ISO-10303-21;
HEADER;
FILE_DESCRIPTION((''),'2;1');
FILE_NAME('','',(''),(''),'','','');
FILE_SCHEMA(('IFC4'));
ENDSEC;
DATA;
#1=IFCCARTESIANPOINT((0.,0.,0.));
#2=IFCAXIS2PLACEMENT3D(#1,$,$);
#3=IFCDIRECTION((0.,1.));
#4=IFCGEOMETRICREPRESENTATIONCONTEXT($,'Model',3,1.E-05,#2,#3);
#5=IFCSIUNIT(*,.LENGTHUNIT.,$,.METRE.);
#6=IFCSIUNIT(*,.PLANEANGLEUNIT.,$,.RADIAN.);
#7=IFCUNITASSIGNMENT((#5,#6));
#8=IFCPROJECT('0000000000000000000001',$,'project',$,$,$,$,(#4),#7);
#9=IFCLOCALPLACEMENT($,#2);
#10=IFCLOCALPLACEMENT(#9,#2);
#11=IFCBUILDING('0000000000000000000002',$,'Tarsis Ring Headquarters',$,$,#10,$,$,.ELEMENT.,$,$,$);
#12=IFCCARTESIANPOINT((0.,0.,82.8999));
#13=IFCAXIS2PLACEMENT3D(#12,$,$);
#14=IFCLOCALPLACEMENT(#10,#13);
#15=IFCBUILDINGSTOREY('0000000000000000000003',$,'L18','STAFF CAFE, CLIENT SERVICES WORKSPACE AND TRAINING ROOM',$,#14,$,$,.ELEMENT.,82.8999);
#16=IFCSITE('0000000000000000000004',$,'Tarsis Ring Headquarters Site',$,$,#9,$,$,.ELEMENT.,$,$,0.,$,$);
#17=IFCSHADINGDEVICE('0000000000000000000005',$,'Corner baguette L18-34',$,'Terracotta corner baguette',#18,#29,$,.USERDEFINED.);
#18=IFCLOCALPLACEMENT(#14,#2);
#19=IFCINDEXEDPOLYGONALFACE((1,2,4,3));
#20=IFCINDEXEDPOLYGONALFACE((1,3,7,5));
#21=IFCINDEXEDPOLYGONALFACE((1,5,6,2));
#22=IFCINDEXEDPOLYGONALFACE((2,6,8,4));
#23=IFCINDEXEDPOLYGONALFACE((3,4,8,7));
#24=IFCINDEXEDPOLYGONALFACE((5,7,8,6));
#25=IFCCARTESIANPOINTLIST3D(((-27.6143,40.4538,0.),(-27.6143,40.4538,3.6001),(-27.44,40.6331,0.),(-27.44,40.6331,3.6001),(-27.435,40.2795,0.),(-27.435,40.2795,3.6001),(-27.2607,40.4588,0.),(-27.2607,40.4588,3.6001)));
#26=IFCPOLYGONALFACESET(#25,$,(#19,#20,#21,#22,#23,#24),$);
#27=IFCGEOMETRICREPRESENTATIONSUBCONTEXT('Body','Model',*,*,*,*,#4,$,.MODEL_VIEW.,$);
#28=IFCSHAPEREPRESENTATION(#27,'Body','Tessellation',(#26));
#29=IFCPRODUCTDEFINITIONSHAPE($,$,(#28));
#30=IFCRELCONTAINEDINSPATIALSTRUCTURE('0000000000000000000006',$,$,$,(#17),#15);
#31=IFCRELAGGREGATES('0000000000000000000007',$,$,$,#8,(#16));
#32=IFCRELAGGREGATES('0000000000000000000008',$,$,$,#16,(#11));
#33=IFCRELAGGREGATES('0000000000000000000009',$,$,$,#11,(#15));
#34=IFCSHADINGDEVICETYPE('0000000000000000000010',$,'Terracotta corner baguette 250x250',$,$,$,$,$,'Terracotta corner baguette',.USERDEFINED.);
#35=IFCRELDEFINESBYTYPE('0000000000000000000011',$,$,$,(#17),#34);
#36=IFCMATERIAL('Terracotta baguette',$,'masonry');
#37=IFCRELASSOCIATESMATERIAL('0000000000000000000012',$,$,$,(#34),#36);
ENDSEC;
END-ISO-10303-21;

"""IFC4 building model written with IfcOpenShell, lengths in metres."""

from ifc_helpers import new_model, si_unit, direction, frame, origin, origin_2d, place, context, subcontext, project, spatial, rectangle, extrude, material, type_object, element, save


model = new_model("IFC4")

# Units and contexts
model_context = context("Model", 3, precision=1e-05, world=origin(), true_north=direction((0.0, 1.0)))
body_context = subcontext(model_context, "Body", "Model", "MODEL_VIEW")
ifc_project = project(units=[si_unit("LENGTHUNIT", "METRE"), si_unit("PLANEANGLEUNIT", "RADIAN")], contexts=[model_context])

# Site, building, storey
site_placement = place(None, origin())
site = spatial("IfcSite", under=ifc_project, at=site_placement, Name="Tarsis Ring Headquarters Site", CompositionType="ELEMENT", RefElevation=0.0)
building_placement = place(site_placement, origin())
building = spatial("IfcBuilding", under=site, at=building_placement, Name="Tarsis Ring Headquarters", CompositionType="ELEMENT")
storey_placement = place(building_placement, frame((0.0, 0.0, 82.8999)))
storey = spatial("IfcBuildingStorey", under=building, at=storey_placement, Name="L18", Description="STAFF CAFE, CLIENT SERVICES WORKSPACE AND TRAINING ROOM", CompositionType="ELEMENT", Elevation=82.8999)

# Shading device
ifc_material_1 = material(Name="Terracotta baguette", Category="masonry")
shading_device_type = type_object("IfcShadingDeviceType", Name="Terracotta corner baguette 250x250", ElementType="Terracotta corner baguette", PredefinedType="USERDEFINED", material=ifc_material_1)
for number, where, z_axis, x_axis, name in (
    (1, (-27.4375, 40.4563, 0.0), (0.0, 0.0, 1.0), (-0.71691, 0.697165, 0.0), "Corner baguette L18-34"),
):
    element("IfcShadingDevice", number, at=place(storey_placement, frame(where, z_axis=z_axis, x_axis=x_axis)), inside=storey, type_object=shading_device_type, Name=name, ObjectType="Terracotta corner baguette", PredefinedType="USERDEFINED", context=body_context, shape_type="SweptSolid", body=[
        extrude(rectangle(XDim=0.25, YDim=0.25, at=origin_2d()), origin(), (0.0, 0.0, 1.0), 3.6001),
    ])

save(model, "model.ifc")
